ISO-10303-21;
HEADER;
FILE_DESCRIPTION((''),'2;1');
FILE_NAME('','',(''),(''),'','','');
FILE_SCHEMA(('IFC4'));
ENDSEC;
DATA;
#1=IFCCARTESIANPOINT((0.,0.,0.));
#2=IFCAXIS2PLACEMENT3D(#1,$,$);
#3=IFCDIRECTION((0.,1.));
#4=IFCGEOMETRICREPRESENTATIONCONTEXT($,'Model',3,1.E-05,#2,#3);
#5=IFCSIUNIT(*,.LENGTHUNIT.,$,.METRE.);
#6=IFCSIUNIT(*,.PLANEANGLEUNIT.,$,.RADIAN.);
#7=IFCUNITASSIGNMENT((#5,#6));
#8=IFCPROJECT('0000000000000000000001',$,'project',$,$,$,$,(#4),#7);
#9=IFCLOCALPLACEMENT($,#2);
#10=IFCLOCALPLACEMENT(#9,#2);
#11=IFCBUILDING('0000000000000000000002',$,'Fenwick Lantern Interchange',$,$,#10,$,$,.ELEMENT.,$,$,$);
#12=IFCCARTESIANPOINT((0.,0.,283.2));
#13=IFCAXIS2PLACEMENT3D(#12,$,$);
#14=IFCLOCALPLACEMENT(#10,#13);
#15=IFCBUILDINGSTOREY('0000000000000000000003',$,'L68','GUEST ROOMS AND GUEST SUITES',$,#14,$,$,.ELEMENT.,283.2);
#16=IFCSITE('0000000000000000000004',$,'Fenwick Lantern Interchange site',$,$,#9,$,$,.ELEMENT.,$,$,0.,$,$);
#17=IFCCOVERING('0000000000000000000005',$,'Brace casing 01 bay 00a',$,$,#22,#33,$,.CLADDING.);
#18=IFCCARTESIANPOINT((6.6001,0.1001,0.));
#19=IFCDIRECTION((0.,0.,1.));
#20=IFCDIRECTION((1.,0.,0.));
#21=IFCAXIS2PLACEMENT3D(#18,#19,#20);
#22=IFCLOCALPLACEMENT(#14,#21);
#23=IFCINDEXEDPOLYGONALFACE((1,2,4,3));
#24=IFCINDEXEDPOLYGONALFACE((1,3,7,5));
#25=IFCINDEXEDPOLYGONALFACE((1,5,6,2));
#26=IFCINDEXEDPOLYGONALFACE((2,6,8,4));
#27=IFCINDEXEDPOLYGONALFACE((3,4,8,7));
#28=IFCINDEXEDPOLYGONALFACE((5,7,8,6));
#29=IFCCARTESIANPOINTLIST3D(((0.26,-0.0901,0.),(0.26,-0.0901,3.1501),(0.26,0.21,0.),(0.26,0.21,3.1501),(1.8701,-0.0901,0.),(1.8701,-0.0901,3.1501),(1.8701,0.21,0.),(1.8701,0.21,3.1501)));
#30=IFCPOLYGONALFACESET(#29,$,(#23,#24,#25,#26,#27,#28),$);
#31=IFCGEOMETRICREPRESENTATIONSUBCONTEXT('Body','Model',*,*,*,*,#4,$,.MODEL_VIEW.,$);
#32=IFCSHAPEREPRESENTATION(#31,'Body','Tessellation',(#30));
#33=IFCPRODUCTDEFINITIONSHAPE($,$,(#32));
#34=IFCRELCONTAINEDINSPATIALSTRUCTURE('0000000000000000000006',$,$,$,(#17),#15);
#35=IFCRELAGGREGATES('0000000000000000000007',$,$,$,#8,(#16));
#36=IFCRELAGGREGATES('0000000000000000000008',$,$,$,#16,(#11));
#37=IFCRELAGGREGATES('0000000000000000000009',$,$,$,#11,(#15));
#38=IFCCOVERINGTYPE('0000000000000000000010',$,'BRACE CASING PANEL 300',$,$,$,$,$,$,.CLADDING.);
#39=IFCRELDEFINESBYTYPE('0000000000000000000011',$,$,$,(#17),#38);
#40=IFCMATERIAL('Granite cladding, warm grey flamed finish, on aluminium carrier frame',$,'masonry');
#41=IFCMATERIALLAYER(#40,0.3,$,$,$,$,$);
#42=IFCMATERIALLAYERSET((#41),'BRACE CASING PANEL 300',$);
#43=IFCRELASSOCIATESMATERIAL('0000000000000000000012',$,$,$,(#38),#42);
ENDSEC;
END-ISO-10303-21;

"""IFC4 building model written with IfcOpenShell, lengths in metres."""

from ifc_helpers import new_model, si_unit, direction, frame, origin, place, context, subcontext, project, spatial, polyline, outline, extrude, material, layer, layer_set, type_object, element, save


model = new_model("IFC4")

# Units and contexts
model_context = context("Model", 3, precision=1e-05, world=origin(), true_north=direction((0.0, 1.0)))
body_context = subcontext(model_context, "Body", "Model", "MODEL_VIEW")
ifc_project = project(units=[si_unit("LENGTHUNIT", "METRE"), si_unit("PLANEANGLEUNIT", "RADIAN")], contexts=[model_context])

# Site, building, storey
site_placement = place(None, origin())
site = spatial("IfcSite", under=ifc_project, at=site_placement, Name="Fenwick Lantern Interchange site", CompositionType="ELEMENT", RefElevation=0.0)
building_placement = place(site_placement, origin())
building = spatial("IfcBuilding", under=site, at=building_placement, Name="Fenwick Lantern Interchange", CompositionType="ELEMENT")
storey_placement = place(building_placement, frame((0.0, 0.0, 283.2)))
storey = spatial("IfcBuildingStorey", under=building, at=storey_placement, Name="L68", Description="GUEST ROOMS AND GUEST SUITES", CompositionType="ELEMENT", Elevation=283.2)

# Covering
ifc_material_1 = material(Name="Granite cladding, warm grey flamed finish, on aluminium carrier frame", Category="masonry")
ifc_layer_1 = layer(ifc_material_1, 0.3)
ifc_layer_set_1 = layer_set([ifc_layer_1], Name="BRACE CASING PANEL 300")
covering_type_1 = type_object("IfcCoveringType", Name="BRACE CASING PANEL 300", PredefinedType="CLADDING", material=ifc_layer_set_1)
covering_1_placement = place(storey_placement, frame((6.6001, 0.1001, 0.0), z_axis=(0.0, 0.0, 1.0), x_axis=(1.0, 0.0, 0.0)))
element("IfcCovering", 1, at=covering_1_placement, inside=storey, type_object=covering_type_1, Name="Brace casing 01 bay 00a", PredefinedType="CLADDING", context=body_context, shape_type="SweptSolid", body=[
    extrude(outline(polyline([(0.26, 0.0), (1.8701, 0.0), (1.8701, 3.1501), (0.26, 3.1501), (0.26, 0.0)])), frame((0.0, 0.21, 0.0), z_axis=(0.0, -1.0, 0.0), x_axis=(1.0, 0.0, 0.0)), (0.0, 0.0, 1.0), 0.3),
])

save(model, "model.ifc")
